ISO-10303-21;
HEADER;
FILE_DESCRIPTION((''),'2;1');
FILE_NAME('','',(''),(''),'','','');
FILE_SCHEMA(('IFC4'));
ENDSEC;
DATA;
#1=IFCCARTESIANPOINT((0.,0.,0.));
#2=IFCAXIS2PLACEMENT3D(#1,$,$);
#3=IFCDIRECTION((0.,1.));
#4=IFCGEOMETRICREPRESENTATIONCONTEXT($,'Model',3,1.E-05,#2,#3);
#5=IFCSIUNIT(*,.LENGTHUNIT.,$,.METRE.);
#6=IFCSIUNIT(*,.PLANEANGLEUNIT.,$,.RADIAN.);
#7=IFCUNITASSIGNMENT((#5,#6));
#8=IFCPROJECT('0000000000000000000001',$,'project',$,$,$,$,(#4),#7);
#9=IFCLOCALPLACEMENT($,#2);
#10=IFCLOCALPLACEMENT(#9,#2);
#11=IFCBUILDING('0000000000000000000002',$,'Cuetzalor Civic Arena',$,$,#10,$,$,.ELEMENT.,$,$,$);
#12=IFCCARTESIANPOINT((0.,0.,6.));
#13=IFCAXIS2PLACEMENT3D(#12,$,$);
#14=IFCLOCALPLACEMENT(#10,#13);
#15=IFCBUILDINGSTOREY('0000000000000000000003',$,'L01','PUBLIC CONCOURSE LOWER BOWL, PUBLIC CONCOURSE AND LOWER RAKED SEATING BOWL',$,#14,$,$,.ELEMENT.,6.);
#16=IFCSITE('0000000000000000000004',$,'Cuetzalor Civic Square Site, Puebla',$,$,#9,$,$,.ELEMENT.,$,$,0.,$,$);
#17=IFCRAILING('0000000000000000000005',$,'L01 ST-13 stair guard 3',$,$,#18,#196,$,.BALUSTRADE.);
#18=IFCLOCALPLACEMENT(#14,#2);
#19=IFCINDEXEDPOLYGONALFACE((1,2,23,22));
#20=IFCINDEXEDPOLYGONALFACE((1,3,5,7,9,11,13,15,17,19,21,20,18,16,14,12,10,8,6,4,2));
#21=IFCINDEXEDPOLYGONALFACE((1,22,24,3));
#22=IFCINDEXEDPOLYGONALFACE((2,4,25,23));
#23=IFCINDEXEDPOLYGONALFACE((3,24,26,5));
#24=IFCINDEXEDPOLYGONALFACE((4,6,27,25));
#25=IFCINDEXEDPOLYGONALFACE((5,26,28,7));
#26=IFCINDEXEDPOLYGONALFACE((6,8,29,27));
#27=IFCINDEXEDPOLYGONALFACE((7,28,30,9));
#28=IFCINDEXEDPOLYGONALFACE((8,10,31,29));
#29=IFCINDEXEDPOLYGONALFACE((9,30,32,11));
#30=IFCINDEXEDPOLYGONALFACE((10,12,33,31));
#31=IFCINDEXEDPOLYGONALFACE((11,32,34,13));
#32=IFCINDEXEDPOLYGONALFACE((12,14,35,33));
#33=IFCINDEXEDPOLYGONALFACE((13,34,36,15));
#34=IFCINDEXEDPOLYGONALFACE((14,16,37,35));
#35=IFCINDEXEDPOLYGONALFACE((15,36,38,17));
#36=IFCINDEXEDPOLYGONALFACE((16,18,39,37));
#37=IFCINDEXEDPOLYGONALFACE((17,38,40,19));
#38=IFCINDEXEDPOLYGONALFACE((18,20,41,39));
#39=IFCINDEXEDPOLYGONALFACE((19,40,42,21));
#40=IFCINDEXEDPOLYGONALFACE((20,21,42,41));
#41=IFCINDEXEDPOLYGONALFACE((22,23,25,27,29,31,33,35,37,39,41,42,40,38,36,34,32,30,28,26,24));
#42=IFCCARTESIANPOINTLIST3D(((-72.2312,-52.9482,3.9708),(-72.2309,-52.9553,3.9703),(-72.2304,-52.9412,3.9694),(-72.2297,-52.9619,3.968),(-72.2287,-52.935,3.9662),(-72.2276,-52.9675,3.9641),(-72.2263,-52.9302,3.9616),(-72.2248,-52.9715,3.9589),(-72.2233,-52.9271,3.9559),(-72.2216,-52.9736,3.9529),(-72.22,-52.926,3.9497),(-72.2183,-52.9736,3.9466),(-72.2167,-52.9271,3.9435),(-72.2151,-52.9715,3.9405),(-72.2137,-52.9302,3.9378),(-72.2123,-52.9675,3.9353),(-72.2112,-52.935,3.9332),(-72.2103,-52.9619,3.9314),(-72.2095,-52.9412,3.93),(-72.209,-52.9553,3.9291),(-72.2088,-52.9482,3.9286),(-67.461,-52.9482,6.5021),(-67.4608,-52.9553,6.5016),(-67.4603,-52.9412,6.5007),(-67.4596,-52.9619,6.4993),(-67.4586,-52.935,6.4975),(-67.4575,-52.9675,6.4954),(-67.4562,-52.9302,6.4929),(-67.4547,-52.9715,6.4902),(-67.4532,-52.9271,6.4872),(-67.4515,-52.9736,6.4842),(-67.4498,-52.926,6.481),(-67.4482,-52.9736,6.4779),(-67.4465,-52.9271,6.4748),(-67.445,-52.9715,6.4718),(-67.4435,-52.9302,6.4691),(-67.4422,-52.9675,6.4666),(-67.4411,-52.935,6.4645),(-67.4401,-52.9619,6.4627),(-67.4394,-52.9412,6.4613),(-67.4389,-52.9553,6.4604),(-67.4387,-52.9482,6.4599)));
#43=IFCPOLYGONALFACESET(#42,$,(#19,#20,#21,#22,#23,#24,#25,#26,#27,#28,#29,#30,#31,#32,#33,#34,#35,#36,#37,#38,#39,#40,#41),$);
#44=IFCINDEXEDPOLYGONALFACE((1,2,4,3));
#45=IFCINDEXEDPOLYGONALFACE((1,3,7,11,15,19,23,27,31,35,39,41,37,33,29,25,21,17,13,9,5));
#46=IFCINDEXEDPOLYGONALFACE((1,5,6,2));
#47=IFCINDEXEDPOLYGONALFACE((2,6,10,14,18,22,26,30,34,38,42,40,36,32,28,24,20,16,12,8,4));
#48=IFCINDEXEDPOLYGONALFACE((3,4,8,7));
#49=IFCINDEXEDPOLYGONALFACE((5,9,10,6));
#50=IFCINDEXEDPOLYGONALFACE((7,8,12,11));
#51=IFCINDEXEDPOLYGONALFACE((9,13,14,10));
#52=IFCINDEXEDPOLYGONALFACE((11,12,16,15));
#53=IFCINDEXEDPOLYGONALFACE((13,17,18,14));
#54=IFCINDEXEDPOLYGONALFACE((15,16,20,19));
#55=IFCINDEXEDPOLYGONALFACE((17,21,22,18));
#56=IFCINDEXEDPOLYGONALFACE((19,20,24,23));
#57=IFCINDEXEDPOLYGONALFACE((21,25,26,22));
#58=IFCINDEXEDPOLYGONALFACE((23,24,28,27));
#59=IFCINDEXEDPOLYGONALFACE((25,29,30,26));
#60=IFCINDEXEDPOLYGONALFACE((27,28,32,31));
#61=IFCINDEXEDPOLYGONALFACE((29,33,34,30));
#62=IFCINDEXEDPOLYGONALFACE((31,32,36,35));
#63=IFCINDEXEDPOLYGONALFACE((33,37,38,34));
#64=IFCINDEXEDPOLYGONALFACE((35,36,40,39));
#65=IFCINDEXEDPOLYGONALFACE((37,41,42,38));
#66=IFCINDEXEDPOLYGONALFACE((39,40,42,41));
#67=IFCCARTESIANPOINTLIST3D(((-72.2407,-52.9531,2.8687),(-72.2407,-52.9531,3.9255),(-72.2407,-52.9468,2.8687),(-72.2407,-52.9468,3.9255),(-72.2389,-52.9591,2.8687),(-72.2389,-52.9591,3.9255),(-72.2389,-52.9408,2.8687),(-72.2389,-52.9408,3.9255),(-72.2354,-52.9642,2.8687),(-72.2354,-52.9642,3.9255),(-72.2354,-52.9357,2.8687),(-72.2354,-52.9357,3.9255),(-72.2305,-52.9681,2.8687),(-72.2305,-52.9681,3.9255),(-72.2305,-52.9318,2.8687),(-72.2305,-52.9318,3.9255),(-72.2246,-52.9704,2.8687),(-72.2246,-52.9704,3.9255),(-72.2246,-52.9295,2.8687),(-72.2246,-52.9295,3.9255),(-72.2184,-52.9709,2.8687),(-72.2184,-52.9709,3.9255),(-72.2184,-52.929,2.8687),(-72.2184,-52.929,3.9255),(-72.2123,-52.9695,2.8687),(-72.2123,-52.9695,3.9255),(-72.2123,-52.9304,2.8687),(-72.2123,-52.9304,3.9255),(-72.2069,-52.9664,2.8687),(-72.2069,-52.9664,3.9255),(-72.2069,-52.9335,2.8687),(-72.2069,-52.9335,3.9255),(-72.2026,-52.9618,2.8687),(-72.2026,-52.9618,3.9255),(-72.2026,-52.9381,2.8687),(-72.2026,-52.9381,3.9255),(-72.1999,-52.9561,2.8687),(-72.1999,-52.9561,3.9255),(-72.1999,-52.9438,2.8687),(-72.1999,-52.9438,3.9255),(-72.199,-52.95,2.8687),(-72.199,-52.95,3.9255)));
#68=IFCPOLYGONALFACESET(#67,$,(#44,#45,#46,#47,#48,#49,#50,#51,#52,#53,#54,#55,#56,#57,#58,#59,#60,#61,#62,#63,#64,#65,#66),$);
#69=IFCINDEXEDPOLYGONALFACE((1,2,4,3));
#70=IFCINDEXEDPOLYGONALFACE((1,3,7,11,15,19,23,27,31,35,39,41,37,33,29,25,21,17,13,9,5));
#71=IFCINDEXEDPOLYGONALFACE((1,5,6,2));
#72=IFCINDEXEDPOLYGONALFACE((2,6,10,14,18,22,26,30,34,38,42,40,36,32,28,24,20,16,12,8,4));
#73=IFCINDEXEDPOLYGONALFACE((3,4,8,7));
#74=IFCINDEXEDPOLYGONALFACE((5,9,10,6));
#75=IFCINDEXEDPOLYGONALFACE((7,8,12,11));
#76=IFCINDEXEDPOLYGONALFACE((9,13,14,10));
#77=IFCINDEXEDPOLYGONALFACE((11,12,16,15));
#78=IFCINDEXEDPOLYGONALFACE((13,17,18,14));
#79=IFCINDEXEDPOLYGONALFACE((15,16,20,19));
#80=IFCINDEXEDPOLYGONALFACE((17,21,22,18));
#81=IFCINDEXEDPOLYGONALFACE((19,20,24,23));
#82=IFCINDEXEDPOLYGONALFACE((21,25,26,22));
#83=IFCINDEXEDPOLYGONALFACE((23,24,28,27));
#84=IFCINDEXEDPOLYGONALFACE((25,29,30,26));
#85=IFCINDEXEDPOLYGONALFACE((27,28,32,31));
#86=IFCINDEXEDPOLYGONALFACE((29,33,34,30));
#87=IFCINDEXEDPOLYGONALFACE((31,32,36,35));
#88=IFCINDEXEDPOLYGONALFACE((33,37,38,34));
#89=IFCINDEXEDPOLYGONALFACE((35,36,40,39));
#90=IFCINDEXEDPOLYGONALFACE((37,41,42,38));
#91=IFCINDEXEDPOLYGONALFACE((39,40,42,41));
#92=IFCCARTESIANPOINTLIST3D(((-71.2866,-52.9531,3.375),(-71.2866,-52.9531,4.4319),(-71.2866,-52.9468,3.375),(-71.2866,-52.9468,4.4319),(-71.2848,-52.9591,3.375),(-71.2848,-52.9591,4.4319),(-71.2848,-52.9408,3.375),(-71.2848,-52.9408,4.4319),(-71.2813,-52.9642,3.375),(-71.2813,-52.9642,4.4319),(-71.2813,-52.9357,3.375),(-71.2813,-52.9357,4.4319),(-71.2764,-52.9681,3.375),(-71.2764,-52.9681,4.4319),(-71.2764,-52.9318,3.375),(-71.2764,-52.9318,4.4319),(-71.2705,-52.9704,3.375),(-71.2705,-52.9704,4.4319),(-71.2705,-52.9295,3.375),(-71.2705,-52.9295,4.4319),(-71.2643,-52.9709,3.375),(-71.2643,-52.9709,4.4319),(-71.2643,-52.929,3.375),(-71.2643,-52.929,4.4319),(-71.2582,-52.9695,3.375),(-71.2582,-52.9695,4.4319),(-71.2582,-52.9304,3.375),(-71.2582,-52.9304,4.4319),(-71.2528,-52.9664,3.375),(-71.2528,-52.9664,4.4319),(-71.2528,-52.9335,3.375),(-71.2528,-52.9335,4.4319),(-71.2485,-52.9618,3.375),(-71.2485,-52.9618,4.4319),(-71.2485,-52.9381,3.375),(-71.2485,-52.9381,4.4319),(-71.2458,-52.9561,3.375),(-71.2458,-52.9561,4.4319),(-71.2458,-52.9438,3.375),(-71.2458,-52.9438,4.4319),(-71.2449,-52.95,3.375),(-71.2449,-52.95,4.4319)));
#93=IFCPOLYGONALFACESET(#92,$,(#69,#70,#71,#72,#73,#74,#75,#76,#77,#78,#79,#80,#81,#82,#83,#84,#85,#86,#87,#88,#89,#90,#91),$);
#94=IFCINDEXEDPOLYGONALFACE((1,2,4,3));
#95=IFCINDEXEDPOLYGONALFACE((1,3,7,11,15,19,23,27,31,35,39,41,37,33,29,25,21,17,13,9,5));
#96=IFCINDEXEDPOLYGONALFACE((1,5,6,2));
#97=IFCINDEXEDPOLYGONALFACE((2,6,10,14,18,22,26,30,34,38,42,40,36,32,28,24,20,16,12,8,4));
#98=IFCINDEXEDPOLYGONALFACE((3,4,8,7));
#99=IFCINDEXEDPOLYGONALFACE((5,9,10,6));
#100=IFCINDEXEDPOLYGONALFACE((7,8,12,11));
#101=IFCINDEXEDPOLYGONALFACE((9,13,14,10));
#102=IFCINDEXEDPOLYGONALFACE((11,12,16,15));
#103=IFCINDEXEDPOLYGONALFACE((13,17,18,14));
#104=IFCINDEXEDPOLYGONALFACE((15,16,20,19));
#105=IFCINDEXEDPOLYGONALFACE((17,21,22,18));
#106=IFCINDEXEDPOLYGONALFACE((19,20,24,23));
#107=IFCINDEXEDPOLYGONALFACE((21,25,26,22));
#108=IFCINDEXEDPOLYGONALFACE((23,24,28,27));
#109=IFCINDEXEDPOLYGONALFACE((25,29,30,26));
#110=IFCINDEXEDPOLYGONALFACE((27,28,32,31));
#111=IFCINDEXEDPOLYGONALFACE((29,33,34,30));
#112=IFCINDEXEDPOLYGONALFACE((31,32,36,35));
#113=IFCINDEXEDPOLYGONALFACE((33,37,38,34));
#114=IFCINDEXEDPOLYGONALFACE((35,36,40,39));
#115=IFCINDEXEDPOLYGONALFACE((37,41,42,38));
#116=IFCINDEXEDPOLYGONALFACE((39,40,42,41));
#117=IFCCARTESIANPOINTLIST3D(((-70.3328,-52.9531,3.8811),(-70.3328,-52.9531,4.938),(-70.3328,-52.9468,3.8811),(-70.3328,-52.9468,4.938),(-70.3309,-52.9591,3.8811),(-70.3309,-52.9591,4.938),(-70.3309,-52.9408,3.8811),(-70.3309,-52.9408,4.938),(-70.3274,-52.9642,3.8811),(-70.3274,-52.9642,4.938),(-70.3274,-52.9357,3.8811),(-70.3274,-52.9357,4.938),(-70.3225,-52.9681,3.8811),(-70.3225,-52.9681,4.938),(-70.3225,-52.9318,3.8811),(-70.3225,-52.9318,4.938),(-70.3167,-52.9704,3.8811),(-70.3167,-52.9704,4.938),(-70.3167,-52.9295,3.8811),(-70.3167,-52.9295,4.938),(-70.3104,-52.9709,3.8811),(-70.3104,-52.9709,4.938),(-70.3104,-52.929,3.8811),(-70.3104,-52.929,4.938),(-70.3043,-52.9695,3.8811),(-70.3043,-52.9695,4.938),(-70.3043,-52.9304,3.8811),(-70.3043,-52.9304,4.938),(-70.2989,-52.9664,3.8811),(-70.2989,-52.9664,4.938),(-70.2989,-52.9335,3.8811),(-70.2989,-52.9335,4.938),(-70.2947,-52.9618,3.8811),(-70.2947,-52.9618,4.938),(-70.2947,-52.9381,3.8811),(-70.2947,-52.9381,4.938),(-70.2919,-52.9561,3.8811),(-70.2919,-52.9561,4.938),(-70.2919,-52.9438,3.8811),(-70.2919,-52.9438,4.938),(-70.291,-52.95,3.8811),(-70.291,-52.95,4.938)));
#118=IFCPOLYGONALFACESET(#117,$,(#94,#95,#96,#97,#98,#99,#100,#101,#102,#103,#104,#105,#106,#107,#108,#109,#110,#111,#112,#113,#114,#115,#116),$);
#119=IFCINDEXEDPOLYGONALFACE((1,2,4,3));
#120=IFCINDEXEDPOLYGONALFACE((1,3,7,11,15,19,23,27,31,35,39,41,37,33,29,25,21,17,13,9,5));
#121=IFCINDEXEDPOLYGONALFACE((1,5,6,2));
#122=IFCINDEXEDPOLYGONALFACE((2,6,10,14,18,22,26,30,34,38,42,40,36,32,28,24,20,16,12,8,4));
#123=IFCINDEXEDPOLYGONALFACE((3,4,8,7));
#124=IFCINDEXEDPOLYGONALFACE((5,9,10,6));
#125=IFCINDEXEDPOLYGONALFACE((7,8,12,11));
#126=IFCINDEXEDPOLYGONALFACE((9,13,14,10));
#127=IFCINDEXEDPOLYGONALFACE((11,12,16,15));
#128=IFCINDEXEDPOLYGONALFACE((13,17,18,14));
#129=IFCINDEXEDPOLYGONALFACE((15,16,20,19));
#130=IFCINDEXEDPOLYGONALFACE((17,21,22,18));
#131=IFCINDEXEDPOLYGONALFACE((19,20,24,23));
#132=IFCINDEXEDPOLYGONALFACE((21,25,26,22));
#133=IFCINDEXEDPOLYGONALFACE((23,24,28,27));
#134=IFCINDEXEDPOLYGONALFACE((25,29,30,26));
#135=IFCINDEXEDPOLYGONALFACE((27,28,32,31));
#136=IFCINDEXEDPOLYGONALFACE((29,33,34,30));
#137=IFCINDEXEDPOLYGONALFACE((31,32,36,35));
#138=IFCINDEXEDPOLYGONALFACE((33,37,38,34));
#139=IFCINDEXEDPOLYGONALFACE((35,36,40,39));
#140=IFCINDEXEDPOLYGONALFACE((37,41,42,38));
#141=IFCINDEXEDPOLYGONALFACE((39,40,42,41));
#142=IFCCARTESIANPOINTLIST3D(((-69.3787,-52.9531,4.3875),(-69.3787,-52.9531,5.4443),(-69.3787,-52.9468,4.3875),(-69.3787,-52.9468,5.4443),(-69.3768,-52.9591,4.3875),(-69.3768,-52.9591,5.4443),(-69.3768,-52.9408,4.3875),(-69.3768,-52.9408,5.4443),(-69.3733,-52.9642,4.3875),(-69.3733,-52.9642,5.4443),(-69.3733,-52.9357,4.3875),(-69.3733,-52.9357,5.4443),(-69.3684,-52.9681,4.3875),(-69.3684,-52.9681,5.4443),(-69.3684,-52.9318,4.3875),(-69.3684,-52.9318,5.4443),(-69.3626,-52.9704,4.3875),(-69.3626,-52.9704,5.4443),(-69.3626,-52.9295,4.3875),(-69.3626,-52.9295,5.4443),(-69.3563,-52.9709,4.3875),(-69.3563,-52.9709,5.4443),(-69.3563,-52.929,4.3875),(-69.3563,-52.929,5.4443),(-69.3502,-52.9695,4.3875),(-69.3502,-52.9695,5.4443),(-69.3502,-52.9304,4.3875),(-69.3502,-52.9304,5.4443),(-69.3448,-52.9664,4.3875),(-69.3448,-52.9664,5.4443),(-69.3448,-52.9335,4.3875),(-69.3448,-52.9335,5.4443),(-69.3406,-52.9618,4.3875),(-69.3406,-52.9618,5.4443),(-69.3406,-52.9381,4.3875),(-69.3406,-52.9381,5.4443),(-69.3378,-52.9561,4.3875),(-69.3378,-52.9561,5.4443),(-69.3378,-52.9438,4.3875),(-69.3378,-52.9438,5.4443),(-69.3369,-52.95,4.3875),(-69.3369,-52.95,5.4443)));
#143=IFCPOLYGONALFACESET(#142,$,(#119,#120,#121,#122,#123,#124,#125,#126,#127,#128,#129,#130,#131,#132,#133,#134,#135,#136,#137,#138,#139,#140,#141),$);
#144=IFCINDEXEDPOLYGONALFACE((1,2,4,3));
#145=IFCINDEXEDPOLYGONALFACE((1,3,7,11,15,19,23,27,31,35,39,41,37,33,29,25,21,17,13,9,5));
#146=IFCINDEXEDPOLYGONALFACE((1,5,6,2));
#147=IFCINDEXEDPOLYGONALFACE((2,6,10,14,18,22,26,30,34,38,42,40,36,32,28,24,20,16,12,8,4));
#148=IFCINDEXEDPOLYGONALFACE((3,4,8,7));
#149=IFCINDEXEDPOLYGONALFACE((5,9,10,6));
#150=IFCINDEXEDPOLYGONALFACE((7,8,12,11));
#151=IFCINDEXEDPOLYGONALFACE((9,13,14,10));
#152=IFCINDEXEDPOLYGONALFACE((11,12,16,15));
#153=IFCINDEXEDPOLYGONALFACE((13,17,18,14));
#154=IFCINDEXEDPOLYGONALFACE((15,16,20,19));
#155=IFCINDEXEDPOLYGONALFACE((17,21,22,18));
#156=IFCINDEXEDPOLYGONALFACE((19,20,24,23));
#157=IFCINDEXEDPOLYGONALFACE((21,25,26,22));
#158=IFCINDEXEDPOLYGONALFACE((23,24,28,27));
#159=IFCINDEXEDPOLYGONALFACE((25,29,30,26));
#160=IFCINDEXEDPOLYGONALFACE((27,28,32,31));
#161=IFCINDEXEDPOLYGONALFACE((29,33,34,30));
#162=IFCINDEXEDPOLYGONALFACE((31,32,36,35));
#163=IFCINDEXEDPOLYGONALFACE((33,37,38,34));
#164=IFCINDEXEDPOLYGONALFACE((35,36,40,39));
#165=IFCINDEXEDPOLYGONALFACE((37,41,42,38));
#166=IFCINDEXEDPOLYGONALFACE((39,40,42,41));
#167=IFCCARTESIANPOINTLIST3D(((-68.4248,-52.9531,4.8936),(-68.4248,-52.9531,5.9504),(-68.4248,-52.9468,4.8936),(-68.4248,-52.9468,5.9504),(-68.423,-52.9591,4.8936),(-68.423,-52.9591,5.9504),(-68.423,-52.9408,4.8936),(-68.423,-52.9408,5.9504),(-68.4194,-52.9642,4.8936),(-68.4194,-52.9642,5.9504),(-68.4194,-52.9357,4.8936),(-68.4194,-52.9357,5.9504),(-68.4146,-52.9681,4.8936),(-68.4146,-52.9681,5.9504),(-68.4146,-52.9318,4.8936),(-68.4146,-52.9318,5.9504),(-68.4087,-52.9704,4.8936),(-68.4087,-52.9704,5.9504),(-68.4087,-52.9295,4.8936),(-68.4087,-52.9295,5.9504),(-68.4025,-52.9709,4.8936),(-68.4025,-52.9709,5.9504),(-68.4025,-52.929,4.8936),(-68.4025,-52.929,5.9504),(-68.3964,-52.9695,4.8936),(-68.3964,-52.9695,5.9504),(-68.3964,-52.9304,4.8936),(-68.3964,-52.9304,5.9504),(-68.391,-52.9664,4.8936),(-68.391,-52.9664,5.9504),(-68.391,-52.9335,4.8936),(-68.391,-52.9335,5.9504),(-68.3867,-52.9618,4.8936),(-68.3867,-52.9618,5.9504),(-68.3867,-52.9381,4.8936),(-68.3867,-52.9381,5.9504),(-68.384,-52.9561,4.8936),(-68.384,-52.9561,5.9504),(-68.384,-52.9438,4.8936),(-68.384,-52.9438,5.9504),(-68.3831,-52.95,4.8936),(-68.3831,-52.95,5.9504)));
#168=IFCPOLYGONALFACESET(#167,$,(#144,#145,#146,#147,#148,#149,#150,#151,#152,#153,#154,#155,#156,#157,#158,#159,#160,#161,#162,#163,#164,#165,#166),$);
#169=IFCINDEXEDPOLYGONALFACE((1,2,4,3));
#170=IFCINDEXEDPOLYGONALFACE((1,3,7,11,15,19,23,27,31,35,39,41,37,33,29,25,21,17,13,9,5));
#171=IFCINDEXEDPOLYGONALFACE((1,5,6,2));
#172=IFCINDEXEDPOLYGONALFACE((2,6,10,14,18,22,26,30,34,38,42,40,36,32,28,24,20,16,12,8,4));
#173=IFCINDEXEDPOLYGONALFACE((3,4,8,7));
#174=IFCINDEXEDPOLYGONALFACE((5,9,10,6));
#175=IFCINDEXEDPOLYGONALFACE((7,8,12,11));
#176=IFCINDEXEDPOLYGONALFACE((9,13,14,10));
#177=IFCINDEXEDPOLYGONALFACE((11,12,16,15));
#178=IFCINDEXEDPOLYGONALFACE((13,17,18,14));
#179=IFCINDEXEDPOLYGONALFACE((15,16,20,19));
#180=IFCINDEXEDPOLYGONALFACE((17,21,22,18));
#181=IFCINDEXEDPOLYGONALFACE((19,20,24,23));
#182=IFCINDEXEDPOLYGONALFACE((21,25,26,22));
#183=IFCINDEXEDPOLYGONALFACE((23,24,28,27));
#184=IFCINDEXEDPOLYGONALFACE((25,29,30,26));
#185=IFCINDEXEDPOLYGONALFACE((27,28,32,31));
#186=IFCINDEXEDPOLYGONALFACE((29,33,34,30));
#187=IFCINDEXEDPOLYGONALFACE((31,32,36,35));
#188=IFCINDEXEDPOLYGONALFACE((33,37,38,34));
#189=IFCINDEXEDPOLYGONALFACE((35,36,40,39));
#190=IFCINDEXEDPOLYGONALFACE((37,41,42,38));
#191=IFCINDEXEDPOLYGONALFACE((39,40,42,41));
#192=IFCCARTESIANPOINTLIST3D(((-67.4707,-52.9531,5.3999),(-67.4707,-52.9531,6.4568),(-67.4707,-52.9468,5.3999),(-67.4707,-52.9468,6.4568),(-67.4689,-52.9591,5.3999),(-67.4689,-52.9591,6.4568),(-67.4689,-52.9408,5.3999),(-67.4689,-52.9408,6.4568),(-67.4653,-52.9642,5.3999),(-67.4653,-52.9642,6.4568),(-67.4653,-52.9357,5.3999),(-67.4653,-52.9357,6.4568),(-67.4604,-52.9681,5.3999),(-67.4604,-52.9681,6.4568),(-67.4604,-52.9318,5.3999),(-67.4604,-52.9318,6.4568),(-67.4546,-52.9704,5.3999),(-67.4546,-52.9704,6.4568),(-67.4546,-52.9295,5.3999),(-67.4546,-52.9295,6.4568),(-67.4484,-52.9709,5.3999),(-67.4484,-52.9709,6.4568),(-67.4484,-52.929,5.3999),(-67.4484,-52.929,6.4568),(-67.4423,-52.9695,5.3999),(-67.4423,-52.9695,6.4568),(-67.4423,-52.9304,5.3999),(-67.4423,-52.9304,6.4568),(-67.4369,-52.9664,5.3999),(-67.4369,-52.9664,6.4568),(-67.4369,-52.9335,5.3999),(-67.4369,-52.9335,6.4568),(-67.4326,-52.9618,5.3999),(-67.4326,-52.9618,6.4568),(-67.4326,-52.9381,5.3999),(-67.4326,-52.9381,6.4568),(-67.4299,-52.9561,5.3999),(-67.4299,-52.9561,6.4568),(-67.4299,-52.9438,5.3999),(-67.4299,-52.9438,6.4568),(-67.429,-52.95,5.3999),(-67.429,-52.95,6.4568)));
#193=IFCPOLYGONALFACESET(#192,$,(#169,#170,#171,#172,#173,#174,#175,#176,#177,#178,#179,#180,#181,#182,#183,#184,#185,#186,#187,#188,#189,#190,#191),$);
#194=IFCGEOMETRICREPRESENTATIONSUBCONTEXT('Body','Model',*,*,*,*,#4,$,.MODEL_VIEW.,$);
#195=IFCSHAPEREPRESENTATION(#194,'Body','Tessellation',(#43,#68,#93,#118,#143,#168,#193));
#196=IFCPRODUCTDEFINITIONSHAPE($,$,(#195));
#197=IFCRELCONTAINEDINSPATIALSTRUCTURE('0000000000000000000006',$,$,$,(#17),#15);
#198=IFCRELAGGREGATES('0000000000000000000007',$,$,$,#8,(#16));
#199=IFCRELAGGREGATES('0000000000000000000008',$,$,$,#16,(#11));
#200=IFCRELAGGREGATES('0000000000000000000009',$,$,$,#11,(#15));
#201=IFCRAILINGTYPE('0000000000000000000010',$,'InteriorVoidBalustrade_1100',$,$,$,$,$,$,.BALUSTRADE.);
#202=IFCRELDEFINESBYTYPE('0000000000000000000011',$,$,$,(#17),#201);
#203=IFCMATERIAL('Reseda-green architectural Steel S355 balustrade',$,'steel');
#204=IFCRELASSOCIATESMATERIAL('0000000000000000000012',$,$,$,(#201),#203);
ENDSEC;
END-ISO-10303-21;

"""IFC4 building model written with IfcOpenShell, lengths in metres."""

from ifc_helpers import new_model, si_unit, direction, frame, origin, origin_2d, place, context, subcontext, project, spatial, circle, extrude, material, type_object, element, save


model = new_model("IFC4")

# Units and contexts
model_context = context("Model", 3, precision=1e-05, world=origin(), true_north=direction((0.0, 1.0)))
body_context = subcontext(model_context, "Body", "Model", "MODEL_VIEW")
ifc_project = project(units=[si_unit("LENGTHUNIT", "METRE"), si_unit("PLANEANGLEUNIT", "RADIAN")], contexts=[model_context])

# Site, building, storey
site_placement = place(None, origin())
site = spatial("IfcSite", under=ifc_project, at=site_placement, Name="Cuetzalor Civic Square Site, Puebla", CompositionType="ELEMENT", RefElevation=0.0)
building_placement = place(site_placement, origin())
building = spatial("IfcBuilding", under=site, at=building_placement, Name="Cuetzalor Civic Arena", CompositionType="ELEMENT")
storey_placement = place(building_placement, frame((0.0, 0.0, 6.0)))
storey = spatial("IfcBuildingStorey", under=building, at=storey_placement, Name="L01", Description="PUBLIC CONCOURSE LOWER BOWL, PUBLIC CONCOURSE AND LOWER RAKED SEATING BOWL", CompositionType="ELEMENT", Elevation=6.0)

# Railing
ifc_material_1 = material(Name="Reseda-green architectural Steel S355 balustrade", Category="steel")
railing_type_1 = type_object("IfcRailingType", Name="InteriorVoidBalustrade_1100", PredefinedType="BALUSTRADE", material=ifc_material_1)
railing_1_placement = place(storey_placement, frame((-72.22, -52.95, 2.8687)))
element("IfcRailing", 1, at=railing_1_placement, inside=storey, type_object=railing_type_1, Name="L01 ST-13 stair guard 3", PredefinedType="BALUSTRADE", context=body_context, shape_type="SweptSolid", body=[
    extrude(circle(Radius=0.0239, at=origin_2d()), frame((0.0, 0.0, 1.0811), z_axis=(0.883332, 0.0, 0.468747), x_axis=(0.0, 1.0, 0.0)), (0.0, 0.0, 1.0), 5.4001),
    extrude(circle(Radius=0.021, at=origin_2d()), origin(), (0.0, 0.0, 1.0), 1.0569),
    extrude(circle(Radius=0.021, at=origin_2d()), frame((0.9541, 0.0, 0.5063)), (0.0, 0.0, 1.0), 1.0569),
    extrude(circle(Radius=0.021, at=origin_2d()), frame((1.908, 0.0, 1.0125)), (0.0, 0.0, 1.0), 1.0569),
    extrude(circle(Radius=0.021, at=origin_2d()), frame((2.8621, 0.0, 1.5188)), (0.0, 0.0, 1.0), 1.0569),
    extrude(circle(Radius=0.021, at=origin_2d()), frame((3.8159, 0.0, 2.0249)), (0.0, 0.0, 1.0), 1.0569),
    extrude(circle(Radius=0.021, at=origin_2d()), frame((4.77, 0.0, 2.5312)), (0.0, 0.0, 1.0), 1.0569),
])

save(model, "model.ifc")
